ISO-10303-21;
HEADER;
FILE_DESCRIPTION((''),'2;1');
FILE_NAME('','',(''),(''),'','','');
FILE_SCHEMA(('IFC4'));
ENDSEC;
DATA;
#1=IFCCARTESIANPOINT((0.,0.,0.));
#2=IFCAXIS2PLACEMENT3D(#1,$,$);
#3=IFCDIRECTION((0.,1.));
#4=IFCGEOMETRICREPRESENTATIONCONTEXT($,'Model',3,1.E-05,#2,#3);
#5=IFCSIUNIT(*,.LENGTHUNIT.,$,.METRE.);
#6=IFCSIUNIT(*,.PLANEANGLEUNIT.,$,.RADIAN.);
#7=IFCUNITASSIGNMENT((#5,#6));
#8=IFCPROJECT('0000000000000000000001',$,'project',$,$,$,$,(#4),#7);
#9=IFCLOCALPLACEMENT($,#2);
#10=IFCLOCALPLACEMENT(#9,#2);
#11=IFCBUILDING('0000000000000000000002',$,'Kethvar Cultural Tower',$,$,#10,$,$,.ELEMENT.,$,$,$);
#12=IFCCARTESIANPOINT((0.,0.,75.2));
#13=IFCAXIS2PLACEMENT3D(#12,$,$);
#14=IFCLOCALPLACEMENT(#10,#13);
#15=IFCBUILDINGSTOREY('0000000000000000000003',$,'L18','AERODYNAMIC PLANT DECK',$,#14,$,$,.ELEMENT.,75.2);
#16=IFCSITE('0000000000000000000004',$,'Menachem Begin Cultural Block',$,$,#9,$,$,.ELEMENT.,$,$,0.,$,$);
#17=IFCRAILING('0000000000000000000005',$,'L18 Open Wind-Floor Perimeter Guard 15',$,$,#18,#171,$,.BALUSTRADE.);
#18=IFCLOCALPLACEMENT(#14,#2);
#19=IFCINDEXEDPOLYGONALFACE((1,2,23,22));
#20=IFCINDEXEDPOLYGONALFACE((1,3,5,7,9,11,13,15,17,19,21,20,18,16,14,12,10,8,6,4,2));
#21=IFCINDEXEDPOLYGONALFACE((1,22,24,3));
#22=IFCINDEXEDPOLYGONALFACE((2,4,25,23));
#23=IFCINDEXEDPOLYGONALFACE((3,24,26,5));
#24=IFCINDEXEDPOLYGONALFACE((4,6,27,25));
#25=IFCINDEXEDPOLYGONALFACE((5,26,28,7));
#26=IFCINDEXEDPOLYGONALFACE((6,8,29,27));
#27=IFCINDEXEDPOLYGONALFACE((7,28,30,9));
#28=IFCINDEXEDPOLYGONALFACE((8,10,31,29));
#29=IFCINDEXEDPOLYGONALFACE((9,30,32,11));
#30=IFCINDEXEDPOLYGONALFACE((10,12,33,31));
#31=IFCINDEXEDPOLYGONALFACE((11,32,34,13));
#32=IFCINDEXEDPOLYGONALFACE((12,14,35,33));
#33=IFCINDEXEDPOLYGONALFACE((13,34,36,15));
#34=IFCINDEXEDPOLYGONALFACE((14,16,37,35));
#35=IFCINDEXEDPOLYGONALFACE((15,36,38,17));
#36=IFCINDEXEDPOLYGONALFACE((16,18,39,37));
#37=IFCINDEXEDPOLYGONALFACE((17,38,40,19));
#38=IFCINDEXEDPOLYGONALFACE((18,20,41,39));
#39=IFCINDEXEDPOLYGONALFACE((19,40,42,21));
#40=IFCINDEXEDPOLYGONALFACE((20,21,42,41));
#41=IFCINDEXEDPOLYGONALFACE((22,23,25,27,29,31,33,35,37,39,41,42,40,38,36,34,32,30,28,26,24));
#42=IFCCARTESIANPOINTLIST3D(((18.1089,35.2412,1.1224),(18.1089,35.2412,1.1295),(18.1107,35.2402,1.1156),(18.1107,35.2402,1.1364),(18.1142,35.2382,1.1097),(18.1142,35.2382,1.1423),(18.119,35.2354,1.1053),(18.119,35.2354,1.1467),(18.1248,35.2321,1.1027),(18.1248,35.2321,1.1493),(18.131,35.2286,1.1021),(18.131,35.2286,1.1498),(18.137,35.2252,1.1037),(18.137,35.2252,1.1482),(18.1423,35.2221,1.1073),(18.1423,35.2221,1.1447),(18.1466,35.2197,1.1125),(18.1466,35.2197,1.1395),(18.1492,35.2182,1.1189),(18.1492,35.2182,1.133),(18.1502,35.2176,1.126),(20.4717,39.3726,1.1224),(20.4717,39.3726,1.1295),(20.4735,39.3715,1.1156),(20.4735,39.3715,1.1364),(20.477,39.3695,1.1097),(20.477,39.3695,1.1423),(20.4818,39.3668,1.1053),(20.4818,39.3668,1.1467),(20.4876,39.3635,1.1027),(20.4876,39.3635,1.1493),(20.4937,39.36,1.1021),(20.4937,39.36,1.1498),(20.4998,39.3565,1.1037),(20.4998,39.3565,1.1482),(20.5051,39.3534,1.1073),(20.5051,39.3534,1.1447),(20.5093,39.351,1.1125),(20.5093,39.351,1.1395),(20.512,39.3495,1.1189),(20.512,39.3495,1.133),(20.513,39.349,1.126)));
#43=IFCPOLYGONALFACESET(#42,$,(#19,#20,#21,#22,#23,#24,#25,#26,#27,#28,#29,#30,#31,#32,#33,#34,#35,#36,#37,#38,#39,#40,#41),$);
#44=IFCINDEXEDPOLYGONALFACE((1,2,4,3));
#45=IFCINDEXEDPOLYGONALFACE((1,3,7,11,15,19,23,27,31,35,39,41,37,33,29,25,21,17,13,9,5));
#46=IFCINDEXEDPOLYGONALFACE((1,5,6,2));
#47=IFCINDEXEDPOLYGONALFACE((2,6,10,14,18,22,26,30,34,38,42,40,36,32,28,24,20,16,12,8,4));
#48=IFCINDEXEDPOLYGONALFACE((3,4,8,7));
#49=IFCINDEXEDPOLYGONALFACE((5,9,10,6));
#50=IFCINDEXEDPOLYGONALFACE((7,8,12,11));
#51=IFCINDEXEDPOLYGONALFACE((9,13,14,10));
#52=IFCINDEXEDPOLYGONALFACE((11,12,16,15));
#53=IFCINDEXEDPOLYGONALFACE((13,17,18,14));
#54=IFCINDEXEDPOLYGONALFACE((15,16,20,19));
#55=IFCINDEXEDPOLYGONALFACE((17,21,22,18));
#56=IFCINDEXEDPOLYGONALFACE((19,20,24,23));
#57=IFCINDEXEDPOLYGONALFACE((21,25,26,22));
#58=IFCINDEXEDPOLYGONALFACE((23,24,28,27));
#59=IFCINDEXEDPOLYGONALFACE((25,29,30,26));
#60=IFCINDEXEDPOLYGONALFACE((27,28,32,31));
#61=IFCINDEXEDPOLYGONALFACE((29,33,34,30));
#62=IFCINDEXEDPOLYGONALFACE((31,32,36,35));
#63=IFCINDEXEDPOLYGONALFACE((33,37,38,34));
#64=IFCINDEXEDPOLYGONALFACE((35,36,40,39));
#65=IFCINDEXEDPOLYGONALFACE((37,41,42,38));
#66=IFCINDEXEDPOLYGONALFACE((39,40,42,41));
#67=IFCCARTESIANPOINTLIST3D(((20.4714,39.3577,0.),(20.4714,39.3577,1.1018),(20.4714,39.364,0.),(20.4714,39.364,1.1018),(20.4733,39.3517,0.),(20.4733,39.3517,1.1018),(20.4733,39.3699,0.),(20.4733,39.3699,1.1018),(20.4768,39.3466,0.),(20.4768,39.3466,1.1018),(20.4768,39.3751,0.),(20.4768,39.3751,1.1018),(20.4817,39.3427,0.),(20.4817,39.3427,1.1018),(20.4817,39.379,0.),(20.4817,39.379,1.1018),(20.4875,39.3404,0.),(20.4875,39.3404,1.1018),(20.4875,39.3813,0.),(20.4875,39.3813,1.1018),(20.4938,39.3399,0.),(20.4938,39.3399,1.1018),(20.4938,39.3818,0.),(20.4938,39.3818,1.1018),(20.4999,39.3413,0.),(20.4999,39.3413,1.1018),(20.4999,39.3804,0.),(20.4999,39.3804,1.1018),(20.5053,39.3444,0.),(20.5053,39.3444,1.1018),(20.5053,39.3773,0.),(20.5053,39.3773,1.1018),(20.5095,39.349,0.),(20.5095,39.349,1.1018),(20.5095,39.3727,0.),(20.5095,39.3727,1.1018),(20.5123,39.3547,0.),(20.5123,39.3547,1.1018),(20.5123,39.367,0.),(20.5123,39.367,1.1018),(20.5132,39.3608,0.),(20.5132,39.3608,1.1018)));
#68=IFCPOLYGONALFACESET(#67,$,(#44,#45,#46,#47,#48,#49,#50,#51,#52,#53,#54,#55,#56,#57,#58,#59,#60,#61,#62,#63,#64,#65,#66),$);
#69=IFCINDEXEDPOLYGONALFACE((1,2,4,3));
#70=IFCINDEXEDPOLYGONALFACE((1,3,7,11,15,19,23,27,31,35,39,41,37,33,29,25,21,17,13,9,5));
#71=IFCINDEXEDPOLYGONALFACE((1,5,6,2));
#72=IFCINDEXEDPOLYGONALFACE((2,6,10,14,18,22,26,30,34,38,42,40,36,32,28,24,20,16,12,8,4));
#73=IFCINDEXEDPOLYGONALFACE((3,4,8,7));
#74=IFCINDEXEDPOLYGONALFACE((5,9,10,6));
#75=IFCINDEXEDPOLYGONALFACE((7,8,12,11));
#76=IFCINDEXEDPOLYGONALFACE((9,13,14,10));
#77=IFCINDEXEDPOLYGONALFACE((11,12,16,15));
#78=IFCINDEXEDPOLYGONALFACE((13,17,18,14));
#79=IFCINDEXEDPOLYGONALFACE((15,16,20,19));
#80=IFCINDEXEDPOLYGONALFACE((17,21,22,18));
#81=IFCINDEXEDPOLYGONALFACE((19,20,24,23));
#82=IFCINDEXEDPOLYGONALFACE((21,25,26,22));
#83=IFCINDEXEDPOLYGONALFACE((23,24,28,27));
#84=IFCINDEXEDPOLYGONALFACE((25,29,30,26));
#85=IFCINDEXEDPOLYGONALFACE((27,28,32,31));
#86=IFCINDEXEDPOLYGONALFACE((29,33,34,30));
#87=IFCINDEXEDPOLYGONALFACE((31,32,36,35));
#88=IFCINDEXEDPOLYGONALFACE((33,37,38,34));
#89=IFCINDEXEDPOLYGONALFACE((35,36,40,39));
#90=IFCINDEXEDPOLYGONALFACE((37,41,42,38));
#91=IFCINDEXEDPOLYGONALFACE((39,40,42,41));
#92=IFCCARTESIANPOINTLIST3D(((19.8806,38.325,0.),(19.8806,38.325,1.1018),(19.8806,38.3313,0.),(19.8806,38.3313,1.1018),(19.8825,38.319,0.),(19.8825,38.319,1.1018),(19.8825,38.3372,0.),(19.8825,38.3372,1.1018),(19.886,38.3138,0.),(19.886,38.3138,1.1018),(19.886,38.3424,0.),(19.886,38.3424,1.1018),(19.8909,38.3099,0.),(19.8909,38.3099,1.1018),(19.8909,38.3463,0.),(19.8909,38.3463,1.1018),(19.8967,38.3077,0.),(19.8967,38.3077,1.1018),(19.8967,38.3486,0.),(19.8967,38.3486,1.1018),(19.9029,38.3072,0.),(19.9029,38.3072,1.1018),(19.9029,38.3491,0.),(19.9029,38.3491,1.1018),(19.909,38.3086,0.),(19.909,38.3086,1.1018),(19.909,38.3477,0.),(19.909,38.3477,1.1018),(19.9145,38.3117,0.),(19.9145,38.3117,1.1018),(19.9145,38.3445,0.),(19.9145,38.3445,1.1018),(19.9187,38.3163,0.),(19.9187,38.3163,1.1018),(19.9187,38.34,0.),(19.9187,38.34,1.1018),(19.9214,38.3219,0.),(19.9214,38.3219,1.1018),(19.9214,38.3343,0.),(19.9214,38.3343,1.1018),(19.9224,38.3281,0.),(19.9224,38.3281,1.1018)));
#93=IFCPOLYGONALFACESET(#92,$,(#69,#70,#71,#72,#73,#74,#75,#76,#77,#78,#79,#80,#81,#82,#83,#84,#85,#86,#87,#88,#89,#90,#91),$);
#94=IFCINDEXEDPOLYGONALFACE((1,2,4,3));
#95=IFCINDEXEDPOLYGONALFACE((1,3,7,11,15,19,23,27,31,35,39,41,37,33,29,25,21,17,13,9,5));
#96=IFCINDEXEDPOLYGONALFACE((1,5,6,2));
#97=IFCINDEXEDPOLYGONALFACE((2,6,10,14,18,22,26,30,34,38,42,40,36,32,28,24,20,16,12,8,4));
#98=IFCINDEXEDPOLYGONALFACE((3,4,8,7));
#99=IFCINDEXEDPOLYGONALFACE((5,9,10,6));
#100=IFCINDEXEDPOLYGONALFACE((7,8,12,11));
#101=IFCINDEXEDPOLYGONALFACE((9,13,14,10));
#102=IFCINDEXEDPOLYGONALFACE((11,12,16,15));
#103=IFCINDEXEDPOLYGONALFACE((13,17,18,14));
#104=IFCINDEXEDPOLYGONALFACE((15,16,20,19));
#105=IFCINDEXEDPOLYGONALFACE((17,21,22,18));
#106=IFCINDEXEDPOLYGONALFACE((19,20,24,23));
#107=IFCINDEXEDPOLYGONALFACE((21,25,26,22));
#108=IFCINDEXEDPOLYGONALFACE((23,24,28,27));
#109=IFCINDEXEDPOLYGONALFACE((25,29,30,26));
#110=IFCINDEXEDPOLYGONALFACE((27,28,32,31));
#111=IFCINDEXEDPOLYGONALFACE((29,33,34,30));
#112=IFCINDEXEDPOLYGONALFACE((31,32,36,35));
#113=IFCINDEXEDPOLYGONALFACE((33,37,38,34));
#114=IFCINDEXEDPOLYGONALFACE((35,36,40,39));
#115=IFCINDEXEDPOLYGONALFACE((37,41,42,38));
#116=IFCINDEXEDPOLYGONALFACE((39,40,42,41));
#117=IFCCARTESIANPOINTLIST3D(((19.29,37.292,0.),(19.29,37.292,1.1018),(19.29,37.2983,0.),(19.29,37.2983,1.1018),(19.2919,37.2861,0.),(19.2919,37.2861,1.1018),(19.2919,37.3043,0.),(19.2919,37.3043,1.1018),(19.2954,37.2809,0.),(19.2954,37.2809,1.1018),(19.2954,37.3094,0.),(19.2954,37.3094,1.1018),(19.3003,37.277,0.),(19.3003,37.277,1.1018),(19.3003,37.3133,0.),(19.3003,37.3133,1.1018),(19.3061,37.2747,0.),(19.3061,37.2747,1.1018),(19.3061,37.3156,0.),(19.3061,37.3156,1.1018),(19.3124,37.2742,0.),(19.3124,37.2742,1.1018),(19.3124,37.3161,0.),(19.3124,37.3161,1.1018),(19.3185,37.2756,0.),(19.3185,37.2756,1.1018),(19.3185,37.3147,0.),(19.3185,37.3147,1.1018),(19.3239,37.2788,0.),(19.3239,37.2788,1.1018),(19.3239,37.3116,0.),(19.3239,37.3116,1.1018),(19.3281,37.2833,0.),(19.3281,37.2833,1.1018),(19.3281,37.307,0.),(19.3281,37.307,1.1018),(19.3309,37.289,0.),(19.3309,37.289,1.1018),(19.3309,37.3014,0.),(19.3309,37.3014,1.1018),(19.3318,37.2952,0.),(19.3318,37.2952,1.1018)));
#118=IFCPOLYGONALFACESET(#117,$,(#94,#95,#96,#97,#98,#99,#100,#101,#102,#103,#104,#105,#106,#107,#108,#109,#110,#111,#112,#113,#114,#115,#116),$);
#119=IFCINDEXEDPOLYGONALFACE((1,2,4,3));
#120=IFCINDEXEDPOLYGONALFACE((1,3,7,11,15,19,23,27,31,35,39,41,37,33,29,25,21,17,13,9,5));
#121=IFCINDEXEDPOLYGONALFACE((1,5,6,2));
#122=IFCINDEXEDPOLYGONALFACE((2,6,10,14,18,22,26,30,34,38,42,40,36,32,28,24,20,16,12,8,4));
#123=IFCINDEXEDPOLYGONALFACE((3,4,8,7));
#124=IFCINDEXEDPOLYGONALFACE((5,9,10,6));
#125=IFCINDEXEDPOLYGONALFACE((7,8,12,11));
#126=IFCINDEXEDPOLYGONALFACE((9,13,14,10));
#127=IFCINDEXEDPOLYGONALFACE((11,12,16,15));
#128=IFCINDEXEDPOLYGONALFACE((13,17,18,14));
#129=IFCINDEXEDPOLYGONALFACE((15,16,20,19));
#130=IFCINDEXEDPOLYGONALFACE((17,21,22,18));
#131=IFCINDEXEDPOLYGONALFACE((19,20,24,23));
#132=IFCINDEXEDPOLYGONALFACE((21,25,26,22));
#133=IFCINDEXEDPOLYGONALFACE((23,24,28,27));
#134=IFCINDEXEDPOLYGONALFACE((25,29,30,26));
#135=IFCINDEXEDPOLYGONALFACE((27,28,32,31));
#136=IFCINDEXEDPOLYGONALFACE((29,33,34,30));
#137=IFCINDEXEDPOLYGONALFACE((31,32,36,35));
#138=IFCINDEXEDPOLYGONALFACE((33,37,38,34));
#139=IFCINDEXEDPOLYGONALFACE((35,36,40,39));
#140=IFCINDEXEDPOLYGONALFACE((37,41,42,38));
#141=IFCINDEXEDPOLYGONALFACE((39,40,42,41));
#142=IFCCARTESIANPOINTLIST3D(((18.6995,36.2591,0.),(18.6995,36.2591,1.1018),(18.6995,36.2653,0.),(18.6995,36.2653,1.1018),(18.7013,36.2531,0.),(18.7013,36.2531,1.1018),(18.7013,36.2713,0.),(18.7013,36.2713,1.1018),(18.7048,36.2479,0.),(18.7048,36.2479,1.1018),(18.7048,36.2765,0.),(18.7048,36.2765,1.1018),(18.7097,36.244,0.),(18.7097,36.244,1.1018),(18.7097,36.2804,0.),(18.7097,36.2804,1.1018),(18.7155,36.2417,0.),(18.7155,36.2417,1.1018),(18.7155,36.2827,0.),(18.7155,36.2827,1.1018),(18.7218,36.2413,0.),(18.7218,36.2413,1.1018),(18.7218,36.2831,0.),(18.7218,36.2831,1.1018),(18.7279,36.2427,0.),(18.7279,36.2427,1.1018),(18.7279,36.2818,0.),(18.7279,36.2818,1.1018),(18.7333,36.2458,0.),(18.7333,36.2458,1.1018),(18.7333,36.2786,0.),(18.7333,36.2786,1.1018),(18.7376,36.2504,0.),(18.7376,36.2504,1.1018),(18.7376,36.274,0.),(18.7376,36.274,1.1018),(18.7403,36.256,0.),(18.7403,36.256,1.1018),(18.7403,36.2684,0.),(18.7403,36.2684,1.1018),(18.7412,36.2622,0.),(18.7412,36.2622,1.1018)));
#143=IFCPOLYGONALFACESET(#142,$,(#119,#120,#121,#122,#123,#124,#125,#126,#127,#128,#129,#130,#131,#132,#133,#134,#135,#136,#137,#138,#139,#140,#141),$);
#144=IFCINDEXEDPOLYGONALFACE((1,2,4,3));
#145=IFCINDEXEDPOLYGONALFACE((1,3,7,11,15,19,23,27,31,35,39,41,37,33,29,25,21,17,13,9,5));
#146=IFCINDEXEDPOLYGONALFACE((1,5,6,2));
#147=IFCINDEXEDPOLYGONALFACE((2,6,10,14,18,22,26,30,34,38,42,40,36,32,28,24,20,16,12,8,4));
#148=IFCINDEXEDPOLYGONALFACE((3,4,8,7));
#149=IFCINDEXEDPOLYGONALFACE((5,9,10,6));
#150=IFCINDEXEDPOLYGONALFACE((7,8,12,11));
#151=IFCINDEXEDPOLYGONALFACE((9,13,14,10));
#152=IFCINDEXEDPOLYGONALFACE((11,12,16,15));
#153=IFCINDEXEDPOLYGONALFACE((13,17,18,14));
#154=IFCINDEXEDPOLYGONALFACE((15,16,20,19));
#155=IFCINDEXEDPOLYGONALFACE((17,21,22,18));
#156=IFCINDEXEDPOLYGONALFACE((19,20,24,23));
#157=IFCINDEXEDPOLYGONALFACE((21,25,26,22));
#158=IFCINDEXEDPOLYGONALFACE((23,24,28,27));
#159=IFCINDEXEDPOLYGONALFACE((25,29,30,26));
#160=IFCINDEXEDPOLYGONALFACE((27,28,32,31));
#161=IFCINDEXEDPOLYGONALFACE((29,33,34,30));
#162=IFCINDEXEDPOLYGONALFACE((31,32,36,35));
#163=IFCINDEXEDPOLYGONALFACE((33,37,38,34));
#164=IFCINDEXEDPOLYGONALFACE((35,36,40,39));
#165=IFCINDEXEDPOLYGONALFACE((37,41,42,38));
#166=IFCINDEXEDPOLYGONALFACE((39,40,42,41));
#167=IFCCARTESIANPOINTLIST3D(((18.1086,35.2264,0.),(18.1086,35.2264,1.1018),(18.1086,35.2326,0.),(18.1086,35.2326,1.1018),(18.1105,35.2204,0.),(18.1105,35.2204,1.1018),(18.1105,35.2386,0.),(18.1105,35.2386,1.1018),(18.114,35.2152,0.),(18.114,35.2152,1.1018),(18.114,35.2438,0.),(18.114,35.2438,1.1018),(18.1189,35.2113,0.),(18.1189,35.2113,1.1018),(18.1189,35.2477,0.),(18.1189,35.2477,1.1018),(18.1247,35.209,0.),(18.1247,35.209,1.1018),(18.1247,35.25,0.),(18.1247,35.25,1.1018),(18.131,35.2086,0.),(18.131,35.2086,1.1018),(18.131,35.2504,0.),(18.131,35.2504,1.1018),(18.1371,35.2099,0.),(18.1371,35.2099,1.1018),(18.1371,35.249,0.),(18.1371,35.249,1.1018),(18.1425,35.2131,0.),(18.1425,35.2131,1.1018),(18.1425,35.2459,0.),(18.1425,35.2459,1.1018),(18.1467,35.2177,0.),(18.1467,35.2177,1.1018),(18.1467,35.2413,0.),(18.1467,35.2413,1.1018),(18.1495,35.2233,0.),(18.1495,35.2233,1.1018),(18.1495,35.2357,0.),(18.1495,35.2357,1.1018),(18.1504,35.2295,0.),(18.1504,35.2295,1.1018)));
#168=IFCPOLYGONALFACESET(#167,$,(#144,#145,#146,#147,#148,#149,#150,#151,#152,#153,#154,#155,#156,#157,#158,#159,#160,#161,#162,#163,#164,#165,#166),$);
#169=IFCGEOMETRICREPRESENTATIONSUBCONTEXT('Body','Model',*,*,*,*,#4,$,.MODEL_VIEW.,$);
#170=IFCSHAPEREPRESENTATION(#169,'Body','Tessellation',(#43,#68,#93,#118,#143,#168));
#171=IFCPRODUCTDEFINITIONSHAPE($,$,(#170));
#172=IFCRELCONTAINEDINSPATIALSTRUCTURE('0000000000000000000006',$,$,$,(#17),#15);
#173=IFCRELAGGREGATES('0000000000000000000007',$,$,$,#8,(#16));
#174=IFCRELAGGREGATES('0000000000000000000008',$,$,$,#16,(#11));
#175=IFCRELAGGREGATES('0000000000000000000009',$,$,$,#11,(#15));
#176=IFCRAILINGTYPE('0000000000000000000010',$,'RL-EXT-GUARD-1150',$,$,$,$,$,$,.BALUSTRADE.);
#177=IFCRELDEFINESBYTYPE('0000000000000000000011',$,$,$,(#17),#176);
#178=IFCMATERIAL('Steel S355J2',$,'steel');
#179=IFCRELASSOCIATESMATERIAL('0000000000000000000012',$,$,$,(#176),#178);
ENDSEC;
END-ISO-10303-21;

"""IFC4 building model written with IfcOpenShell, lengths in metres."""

from ifc_helpers import new_model, si_unit, direction, frame, origin, origin_2d, place, context, subcontext, project, spatial, circle, extrude, material, type_object, element, save


model = new_model("IFC4")

# Units and contexts
model_context = context("Model", 3, precision=1e-05, world=origin(), true_north=direction((0.0, 1.0)))
body_context = subcontext(model_context, "Body", "Model", "MODEL_VIEW")
ifc_project = project(units=[si_unit("LENGTHUNIT", "METRE"), si_unit("PLANEANGLEUNIT", "RADIAN")], contexts=[model_context])

# Site, building, storey
site_placement = place(None, origin())
site = spatial("IfcSite", under=ifc_project, at=site_placement, Name="Menachem Begin Cultural Block", CompositionType="ELEMENT", RefElevation=0.0)
building_placement = place(site_placement, origin())
building = spatial("IfcBuilding", under=site, at=building_placement, Name="Kethvar Cultural Tower", CompositionType="ELEMENT")
storey_placement = place(building_placement, frame((0.0, 0.0, 75.2)))
storey = spatial("IfcBuildingStorey", under=building, at=storey_placement, Name="L18", Description="AERODYNAMIC PLANT DECK", CompositionType="ELEMENT", Elevation=75.2)

# Shared definitions
ifc_material_1 = material(Name="Steel S355J2", Category="steel")

# Railing
railing_type = type_object("IfcRailingType", Name="RL-EXT-GUARD-1150", PredefinedType="BALUSTRADE", material=ifc_material_1)
railing_1_placement = place(storey_placement, frame((20.4922, 39.3608, 0.0)))
element("IfcRailing", 1, at=railing_1_placement, inside=storey, type_object=railing_type, Name="L18 Open Wind-Floor Perimeter Guard 15", PredefinedType="BALUSTRADE", context=body_context, shape_type="SweptSolid", body=[
    extrude(circle(Radius=0.0239, at=origin_2d()), frame((0.0, 0.0, 1.126), z_axis=(-0.496459, -0.86806, 0.0), x_axis=(0.86806, -0.496459, 0.0)), (0.0, 0.0, 1.0), 4.7593),
    extrude(circle(Radius=0.021, at=origin_2d()), origin(), (0.0, 0.0, 1.0), 1.1018),
    extrude(circle(Radius=0.021, at=origin_2d()), frame((-0.5908, -1.0327, 0.0)), (0.0, 0.0, 1.0), 1.1018),
    extrude(circle(Radius=0.021, at=origin_2d()), frame((-1.1814, -2.0657, 0.0)), (0.0, 0.0, 1.0), 1.1018),
    extrude(circle(Radius=0.021, at=origin_2d()), frame((-1.772, -3.0986, 0.0)), (0.0, 0.0, 1.0), 1.1018),
    extrude(circle(Radius=0.021, at=origin_2d()), frame((-2.3628, -4.1313, 0.0)), (0.0, 0.0, 1.0), 1.1018),
])

save(model, "model.ifc")
